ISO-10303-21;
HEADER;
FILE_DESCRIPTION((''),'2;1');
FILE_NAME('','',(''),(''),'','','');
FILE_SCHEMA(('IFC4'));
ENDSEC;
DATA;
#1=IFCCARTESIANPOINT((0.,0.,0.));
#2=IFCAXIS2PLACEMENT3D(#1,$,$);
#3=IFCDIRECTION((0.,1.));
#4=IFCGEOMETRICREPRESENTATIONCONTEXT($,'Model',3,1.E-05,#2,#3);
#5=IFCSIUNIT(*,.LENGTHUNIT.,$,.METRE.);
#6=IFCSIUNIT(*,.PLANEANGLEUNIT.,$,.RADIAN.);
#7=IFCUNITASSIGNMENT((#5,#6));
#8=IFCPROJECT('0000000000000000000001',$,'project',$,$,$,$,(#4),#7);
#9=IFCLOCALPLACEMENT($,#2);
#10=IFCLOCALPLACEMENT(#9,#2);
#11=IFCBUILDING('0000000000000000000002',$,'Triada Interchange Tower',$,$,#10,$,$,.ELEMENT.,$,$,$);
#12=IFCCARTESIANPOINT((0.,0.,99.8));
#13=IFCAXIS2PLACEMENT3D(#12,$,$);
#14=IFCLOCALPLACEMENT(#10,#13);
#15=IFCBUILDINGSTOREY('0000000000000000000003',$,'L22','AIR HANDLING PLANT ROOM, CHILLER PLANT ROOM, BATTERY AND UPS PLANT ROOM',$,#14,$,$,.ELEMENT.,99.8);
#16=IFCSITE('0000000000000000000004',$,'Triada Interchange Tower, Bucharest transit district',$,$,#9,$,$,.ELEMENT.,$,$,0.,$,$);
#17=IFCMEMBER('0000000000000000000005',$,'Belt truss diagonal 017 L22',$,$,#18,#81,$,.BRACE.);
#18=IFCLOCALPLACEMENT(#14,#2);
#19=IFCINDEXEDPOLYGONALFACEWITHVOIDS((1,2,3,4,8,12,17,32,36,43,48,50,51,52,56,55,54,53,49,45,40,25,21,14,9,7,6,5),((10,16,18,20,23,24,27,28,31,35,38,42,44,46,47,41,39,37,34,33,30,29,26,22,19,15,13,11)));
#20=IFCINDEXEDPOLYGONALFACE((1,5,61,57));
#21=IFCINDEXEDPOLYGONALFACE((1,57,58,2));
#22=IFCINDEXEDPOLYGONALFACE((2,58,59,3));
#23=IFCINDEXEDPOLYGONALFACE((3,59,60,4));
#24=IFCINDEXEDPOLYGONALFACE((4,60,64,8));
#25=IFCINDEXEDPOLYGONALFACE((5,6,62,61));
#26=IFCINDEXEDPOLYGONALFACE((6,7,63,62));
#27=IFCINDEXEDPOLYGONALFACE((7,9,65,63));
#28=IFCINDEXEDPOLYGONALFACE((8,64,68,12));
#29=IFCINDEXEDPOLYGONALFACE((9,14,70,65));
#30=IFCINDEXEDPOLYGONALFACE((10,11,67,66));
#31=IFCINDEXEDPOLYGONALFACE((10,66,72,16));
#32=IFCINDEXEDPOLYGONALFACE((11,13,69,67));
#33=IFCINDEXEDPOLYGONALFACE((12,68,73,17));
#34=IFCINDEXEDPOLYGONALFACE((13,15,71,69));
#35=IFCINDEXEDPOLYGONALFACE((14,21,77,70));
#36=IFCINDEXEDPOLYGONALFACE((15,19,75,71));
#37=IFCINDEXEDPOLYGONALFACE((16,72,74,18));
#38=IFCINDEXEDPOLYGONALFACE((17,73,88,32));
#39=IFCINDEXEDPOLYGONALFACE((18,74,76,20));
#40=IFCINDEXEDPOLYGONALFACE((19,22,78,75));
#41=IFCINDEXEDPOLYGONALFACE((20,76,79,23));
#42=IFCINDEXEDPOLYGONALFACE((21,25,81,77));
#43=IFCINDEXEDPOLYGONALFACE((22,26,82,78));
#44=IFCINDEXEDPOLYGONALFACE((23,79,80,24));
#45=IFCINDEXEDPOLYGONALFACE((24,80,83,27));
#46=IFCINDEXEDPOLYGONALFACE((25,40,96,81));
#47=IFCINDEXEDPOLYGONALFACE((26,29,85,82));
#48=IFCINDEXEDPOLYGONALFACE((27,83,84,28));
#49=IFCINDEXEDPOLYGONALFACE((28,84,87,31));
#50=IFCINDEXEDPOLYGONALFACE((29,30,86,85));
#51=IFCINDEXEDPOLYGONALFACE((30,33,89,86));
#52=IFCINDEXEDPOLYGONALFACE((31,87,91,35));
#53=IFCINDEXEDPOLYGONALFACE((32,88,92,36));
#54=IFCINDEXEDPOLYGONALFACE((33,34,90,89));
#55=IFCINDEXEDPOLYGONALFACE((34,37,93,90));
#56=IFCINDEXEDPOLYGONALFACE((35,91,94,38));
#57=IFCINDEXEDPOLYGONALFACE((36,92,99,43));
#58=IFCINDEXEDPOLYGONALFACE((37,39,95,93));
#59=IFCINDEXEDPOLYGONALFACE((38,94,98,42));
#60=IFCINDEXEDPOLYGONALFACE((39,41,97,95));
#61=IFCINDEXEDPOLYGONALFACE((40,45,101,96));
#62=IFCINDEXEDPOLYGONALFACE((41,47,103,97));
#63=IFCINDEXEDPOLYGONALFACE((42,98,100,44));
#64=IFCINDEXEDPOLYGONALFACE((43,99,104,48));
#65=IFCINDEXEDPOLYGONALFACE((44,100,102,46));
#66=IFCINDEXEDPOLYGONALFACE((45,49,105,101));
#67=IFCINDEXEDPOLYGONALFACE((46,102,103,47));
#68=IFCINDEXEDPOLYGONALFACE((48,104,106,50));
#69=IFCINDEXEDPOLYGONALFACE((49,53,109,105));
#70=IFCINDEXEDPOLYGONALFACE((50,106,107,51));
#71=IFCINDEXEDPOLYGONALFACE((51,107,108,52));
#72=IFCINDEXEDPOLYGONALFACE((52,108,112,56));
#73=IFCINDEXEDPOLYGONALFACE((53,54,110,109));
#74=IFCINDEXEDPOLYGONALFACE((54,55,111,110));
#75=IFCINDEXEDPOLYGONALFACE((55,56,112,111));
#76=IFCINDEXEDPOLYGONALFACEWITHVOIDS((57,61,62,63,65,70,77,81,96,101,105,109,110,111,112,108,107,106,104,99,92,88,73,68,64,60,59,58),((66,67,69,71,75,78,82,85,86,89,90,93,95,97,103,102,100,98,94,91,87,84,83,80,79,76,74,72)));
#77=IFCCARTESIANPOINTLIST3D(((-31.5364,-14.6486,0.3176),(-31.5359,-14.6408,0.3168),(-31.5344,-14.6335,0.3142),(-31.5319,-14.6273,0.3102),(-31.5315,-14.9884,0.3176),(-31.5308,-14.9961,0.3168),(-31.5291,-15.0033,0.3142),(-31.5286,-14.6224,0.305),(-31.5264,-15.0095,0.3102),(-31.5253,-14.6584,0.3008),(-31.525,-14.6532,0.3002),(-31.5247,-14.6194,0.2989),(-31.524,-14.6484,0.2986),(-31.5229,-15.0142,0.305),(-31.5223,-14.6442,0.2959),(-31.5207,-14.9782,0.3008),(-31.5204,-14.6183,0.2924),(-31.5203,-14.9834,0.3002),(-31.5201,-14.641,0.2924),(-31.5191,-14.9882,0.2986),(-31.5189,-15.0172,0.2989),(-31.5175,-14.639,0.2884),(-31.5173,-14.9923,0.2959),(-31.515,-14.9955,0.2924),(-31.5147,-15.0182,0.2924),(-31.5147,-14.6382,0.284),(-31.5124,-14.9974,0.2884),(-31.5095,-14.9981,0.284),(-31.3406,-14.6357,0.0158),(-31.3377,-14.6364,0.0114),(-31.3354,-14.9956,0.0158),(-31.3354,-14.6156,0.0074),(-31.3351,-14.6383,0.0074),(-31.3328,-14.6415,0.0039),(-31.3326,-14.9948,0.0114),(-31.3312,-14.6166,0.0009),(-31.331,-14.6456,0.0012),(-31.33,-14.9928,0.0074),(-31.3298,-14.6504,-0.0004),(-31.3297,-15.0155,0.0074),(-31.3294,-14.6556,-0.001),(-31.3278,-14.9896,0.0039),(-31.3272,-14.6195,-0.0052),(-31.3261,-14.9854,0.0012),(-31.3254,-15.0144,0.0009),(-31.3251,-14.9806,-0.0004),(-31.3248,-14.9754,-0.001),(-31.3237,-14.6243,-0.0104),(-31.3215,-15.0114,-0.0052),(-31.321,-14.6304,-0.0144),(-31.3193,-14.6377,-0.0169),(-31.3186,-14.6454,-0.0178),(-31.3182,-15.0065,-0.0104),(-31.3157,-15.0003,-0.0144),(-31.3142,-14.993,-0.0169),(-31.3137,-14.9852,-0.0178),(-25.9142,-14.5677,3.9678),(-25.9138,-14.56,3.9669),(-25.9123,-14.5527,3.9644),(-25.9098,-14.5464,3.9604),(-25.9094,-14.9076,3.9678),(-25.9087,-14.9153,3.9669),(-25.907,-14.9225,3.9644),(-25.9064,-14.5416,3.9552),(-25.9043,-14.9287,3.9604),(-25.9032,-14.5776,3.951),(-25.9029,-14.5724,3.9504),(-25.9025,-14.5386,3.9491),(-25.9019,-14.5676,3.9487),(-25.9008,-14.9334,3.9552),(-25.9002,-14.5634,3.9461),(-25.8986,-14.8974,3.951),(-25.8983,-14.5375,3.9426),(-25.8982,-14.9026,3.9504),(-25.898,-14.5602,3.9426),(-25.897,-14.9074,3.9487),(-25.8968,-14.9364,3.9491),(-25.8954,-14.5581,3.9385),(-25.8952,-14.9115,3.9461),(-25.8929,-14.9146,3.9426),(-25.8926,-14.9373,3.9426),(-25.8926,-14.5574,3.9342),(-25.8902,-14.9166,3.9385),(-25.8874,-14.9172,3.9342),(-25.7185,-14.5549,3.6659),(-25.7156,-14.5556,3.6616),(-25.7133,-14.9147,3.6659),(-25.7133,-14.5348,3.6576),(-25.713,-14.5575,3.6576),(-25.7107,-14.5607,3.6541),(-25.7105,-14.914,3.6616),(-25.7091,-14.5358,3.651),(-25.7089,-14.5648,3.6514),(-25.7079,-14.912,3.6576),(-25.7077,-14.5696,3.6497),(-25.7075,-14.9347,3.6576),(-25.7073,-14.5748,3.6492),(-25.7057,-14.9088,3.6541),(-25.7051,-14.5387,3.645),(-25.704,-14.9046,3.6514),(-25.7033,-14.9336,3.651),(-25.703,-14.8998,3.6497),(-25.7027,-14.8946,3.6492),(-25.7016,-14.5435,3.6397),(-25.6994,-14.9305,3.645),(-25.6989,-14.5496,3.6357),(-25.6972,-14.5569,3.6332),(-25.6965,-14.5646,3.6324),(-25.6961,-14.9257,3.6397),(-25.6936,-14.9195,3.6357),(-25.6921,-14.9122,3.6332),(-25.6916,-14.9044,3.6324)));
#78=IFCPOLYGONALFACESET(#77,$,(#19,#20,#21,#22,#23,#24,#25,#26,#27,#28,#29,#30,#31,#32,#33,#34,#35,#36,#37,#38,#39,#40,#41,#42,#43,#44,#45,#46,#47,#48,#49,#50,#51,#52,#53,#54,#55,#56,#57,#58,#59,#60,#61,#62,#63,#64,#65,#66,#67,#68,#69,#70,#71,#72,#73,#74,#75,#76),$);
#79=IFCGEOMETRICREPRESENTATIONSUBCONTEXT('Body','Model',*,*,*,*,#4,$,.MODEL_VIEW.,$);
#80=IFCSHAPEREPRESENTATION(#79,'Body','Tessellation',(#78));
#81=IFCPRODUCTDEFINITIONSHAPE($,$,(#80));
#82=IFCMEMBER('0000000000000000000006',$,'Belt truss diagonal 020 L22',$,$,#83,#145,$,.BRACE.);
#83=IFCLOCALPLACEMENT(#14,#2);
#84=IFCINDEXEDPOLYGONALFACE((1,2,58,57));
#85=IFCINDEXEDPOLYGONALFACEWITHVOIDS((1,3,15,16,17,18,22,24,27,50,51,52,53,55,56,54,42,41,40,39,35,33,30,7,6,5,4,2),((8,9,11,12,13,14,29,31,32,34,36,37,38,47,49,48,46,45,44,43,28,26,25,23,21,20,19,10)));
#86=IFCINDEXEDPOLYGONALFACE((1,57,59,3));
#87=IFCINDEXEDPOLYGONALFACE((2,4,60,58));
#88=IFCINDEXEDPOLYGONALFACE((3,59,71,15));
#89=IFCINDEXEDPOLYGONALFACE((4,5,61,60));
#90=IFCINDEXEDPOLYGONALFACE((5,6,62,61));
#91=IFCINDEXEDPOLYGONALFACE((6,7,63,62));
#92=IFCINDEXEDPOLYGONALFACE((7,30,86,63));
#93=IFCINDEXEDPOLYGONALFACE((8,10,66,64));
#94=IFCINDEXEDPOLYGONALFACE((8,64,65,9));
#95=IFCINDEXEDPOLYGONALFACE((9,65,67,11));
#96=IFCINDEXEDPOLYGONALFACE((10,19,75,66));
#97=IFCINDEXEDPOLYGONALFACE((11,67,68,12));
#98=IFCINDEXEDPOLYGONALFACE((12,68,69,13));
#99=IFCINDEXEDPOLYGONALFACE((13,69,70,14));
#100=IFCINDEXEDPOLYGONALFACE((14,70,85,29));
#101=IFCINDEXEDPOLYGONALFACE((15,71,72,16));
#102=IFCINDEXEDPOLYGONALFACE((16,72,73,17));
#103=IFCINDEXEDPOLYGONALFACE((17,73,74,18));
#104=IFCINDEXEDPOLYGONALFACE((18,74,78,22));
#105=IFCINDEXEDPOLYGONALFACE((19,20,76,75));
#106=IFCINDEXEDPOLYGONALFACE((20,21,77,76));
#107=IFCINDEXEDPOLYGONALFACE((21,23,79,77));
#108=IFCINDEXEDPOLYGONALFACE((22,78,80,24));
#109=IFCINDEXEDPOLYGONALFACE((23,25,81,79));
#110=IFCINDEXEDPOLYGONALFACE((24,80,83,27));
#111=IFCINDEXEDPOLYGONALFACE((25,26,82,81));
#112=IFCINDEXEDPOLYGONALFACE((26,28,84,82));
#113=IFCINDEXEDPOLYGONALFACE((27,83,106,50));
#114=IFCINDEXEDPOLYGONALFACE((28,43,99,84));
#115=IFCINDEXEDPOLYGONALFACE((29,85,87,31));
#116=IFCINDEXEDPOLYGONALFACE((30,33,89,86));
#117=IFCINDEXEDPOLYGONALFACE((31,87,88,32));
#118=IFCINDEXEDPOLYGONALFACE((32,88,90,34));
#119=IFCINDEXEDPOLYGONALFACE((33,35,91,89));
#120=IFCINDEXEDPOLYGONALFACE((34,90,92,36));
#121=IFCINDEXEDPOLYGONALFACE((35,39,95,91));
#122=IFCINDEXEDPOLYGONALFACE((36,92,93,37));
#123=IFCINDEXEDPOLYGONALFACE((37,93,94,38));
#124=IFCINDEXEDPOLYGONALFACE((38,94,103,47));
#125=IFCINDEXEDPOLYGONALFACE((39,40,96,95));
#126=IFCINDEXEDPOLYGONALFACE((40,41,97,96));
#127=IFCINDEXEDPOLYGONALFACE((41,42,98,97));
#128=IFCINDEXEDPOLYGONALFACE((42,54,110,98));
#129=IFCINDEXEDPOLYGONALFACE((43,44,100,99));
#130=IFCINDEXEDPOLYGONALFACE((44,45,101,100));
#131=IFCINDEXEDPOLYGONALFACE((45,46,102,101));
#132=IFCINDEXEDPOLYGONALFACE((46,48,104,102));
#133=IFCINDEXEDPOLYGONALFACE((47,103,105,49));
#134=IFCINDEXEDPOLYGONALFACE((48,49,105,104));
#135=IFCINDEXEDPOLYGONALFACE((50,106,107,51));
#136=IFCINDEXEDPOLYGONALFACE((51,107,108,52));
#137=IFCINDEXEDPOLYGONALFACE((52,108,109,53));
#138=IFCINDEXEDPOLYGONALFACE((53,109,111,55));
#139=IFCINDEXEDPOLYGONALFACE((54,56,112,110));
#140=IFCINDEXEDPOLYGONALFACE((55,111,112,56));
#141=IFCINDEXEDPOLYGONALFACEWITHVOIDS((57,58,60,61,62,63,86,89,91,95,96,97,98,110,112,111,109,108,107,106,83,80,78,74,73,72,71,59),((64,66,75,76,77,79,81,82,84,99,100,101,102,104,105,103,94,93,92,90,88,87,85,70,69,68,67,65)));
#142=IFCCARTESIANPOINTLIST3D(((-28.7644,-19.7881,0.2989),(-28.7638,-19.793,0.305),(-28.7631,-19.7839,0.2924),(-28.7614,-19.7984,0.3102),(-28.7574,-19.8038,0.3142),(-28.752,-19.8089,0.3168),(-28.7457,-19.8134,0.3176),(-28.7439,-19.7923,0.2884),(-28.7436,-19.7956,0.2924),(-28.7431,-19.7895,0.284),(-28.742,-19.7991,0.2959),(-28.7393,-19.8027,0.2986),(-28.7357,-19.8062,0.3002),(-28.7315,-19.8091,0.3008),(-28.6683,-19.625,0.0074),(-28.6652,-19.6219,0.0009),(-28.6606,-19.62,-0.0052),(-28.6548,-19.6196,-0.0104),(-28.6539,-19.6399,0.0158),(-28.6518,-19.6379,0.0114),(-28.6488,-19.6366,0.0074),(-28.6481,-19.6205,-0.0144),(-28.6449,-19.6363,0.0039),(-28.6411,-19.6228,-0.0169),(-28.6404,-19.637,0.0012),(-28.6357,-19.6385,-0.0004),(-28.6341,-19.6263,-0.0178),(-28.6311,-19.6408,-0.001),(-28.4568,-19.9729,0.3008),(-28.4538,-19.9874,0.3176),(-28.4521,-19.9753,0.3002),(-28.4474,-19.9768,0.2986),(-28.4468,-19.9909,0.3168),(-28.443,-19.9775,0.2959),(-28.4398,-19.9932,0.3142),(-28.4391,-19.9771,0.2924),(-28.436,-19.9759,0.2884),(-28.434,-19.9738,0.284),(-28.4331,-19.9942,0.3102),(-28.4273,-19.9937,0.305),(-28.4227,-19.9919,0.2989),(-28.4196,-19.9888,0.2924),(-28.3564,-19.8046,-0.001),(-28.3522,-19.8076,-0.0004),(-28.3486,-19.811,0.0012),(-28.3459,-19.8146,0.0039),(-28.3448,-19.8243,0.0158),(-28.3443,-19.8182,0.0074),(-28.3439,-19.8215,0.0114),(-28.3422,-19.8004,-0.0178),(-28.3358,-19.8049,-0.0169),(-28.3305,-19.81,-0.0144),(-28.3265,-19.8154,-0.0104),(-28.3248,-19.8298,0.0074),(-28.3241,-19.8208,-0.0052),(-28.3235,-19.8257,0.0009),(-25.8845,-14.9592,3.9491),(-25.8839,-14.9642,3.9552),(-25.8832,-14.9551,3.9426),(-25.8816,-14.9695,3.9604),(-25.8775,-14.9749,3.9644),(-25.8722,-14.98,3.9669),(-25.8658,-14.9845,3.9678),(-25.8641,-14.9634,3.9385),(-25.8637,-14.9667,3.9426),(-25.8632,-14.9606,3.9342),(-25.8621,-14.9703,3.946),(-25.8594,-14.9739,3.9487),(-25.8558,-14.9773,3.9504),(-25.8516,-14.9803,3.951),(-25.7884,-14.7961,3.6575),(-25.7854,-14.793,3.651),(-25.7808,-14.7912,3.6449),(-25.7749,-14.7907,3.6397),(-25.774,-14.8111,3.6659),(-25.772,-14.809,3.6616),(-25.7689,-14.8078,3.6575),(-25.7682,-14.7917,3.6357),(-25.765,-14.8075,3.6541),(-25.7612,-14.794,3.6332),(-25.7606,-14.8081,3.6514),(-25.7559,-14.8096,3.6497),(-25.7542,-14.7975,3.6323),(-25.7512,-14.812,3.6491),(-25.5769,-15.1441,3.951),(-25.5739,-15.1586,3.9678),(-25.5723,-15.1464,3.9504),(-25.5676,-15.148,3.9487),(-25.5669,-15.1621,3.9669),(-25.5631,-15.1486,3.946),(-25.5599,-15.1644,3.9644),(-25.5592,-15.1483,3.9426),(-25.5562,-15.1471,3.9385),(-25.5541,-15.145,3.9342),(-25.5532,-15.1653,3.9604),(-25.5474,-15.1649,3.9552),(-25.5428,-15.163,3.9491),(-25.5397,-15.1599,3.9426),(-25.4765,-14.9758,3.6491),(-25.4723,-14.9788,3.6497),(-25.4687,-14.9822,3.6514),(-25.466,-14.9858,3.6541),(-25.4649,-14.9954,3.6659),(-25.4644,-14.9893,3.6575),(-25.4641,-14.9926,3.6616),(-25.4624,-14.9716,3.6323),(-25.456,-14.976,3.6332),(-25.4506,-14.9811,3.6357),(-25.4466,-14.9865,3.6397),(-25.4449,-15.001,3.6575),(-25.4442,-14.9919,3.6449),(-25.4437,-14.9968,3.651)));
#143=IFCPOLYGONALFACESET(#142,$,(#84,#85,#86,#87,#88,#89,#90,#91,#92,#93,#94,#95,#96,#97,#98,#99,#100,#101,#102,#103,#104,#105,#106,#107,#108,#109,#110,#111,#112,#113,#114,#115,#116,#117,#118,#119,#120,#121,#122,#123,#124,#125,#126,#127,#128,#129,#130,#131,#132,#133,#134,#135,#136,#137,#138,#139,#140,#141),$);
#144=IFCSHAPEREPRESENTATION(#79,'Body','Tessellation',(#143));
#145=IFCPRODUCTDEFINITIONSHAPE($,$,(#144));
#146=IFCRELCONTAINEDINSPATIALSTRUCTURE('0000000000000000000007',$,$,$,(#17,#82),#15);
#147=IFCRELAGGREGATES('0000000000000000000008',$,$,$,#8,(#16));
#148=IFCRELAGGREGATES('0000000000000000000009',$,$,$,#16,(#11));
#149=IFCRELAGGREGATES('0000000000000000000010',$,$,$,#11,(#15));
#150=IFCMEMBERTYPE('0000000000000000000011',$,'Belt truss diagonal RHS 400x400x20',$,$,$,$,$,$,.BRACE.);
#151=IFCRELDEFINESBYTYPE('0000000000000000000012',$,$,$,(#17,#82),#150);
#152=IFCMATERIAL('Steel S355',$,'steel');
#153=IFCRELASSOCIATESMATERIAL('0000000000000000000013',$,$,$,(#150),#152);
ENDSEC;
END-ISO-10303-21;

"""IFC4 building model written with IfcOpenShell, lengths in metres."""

from ifc_helpers import new_model, si_unit, direction, frame, origin, origin_2d, place, context, subcontext, project, spatial, hollow_rectangle, extrude, material, material_profile, profile_set, type_object, element, save


model = new_model("IFC4")

# Units and contexts
model_context = context("Model", 3, precision=1e-05, world=origin(), true_north=direction((0.0, 1.0)))
body_context = subcontext(model_context, "Body", "Model", "MODEL_VIEW")
ifc_project = project(units=[si_unit("LENGTHUNIT", "METRE"), si_unit("PLANEANGLEUNIT", "RADIAN")], contexts=[model_context])

# Site, building, storey
site_placement = place(None, origin())
site = spatial("IfcSite", under=ifc_project, at=site_placement, Name="Triada Interchange Tower, Bucharest transit district", CompositionType="ELEMENT", RefElevation=0.0)
building_placement = place(site_placement, origin())
building = spatial("IfcBuilding", under=site, at=building_placement, Name="Triada Interchange Tower", CompositionType="ELEMENT")
storey_placement = place(building_placement, frame((0.0, 0.0, 99.8)))
storey = spatial("IfcBuildingStorey", under=building, at=storey_placement, Name="L22", Description="AIR HANDLING PLANT ROOM, CHILLER PLANT ROOM, BATTERY AND UPS PLANT ROOM", CompositionType="ELEMENT", Elevation=99.8)

# Members
ifc_material_1 = material(Name="Steel S355", Category="steel")
ifc_material_profile_1 = material_profile(ifc_material_1, hollow_rectangle(XDim=0.3999, YDim=0.3999, WallThickness=0.02, InnerFilletRadius=0.02, OuterFilletRadius=0.03, at=origin_2d()), Name="RHS 400x400x20")
ifc_profile_set_1 = profile_set([ifc_material_profile_1], Name="Steel S355")
member_type = type_object("IfcMemberType", Name="Belt truss diagonal RHS 400x400x20", PredefinedType="BRACE", material=ifc_profile_set_1)
member_1_placement = place(storey_placement, frame((-31.425, -14.8169, 0.1499), z_axis=(0.838669, 0.012055, 0.544508), x_axis=(-0.014372, 0.999897, 0.0)))
element("IfcMember", 1, at=member_1_placement, inside=storey, type_object=member_type, Name="Belt truss diagonal 017 L22", PredefinedType="BRACE", context=body_context, shape_type="SweptSolid", body=[
    extrude(hollow_rectangle(XDim=0.3999, YDim=0.3999, WallThickness=0.02, InnerFilletRadius=0.02, OuterFilletRadius=0.03, at=origin_2d()), origin(), (0.0, 0.0, 1.0), 6.7036),
])
member_2_placement = place(storey_placement, frame((-28.5439, -19.8069, 0.1499), z_axis=(0.429617, 0.720363, 0.544524), x_axis=(-0.858858, 0.512214, 0.0)))
element("IfcMember", 2, at=member_2_placement, inside=storey, type_object=member_type, Name="Belt truss diagonal 020 L22", PredefinedType="BRACE", context=body_context, shape_type="SweptSolid", body=[
    extrude(hollow_rectangle(XDim=0.3999, YDim=0.3999, WallThickness=0.02, InnerFilletRadius=0.02, OuterFilletRadius=0.03, at=origin_2d()), origin(), (0.0, 0.0, 1.0), 6.7034),
])

save(model, "model.ifc")
